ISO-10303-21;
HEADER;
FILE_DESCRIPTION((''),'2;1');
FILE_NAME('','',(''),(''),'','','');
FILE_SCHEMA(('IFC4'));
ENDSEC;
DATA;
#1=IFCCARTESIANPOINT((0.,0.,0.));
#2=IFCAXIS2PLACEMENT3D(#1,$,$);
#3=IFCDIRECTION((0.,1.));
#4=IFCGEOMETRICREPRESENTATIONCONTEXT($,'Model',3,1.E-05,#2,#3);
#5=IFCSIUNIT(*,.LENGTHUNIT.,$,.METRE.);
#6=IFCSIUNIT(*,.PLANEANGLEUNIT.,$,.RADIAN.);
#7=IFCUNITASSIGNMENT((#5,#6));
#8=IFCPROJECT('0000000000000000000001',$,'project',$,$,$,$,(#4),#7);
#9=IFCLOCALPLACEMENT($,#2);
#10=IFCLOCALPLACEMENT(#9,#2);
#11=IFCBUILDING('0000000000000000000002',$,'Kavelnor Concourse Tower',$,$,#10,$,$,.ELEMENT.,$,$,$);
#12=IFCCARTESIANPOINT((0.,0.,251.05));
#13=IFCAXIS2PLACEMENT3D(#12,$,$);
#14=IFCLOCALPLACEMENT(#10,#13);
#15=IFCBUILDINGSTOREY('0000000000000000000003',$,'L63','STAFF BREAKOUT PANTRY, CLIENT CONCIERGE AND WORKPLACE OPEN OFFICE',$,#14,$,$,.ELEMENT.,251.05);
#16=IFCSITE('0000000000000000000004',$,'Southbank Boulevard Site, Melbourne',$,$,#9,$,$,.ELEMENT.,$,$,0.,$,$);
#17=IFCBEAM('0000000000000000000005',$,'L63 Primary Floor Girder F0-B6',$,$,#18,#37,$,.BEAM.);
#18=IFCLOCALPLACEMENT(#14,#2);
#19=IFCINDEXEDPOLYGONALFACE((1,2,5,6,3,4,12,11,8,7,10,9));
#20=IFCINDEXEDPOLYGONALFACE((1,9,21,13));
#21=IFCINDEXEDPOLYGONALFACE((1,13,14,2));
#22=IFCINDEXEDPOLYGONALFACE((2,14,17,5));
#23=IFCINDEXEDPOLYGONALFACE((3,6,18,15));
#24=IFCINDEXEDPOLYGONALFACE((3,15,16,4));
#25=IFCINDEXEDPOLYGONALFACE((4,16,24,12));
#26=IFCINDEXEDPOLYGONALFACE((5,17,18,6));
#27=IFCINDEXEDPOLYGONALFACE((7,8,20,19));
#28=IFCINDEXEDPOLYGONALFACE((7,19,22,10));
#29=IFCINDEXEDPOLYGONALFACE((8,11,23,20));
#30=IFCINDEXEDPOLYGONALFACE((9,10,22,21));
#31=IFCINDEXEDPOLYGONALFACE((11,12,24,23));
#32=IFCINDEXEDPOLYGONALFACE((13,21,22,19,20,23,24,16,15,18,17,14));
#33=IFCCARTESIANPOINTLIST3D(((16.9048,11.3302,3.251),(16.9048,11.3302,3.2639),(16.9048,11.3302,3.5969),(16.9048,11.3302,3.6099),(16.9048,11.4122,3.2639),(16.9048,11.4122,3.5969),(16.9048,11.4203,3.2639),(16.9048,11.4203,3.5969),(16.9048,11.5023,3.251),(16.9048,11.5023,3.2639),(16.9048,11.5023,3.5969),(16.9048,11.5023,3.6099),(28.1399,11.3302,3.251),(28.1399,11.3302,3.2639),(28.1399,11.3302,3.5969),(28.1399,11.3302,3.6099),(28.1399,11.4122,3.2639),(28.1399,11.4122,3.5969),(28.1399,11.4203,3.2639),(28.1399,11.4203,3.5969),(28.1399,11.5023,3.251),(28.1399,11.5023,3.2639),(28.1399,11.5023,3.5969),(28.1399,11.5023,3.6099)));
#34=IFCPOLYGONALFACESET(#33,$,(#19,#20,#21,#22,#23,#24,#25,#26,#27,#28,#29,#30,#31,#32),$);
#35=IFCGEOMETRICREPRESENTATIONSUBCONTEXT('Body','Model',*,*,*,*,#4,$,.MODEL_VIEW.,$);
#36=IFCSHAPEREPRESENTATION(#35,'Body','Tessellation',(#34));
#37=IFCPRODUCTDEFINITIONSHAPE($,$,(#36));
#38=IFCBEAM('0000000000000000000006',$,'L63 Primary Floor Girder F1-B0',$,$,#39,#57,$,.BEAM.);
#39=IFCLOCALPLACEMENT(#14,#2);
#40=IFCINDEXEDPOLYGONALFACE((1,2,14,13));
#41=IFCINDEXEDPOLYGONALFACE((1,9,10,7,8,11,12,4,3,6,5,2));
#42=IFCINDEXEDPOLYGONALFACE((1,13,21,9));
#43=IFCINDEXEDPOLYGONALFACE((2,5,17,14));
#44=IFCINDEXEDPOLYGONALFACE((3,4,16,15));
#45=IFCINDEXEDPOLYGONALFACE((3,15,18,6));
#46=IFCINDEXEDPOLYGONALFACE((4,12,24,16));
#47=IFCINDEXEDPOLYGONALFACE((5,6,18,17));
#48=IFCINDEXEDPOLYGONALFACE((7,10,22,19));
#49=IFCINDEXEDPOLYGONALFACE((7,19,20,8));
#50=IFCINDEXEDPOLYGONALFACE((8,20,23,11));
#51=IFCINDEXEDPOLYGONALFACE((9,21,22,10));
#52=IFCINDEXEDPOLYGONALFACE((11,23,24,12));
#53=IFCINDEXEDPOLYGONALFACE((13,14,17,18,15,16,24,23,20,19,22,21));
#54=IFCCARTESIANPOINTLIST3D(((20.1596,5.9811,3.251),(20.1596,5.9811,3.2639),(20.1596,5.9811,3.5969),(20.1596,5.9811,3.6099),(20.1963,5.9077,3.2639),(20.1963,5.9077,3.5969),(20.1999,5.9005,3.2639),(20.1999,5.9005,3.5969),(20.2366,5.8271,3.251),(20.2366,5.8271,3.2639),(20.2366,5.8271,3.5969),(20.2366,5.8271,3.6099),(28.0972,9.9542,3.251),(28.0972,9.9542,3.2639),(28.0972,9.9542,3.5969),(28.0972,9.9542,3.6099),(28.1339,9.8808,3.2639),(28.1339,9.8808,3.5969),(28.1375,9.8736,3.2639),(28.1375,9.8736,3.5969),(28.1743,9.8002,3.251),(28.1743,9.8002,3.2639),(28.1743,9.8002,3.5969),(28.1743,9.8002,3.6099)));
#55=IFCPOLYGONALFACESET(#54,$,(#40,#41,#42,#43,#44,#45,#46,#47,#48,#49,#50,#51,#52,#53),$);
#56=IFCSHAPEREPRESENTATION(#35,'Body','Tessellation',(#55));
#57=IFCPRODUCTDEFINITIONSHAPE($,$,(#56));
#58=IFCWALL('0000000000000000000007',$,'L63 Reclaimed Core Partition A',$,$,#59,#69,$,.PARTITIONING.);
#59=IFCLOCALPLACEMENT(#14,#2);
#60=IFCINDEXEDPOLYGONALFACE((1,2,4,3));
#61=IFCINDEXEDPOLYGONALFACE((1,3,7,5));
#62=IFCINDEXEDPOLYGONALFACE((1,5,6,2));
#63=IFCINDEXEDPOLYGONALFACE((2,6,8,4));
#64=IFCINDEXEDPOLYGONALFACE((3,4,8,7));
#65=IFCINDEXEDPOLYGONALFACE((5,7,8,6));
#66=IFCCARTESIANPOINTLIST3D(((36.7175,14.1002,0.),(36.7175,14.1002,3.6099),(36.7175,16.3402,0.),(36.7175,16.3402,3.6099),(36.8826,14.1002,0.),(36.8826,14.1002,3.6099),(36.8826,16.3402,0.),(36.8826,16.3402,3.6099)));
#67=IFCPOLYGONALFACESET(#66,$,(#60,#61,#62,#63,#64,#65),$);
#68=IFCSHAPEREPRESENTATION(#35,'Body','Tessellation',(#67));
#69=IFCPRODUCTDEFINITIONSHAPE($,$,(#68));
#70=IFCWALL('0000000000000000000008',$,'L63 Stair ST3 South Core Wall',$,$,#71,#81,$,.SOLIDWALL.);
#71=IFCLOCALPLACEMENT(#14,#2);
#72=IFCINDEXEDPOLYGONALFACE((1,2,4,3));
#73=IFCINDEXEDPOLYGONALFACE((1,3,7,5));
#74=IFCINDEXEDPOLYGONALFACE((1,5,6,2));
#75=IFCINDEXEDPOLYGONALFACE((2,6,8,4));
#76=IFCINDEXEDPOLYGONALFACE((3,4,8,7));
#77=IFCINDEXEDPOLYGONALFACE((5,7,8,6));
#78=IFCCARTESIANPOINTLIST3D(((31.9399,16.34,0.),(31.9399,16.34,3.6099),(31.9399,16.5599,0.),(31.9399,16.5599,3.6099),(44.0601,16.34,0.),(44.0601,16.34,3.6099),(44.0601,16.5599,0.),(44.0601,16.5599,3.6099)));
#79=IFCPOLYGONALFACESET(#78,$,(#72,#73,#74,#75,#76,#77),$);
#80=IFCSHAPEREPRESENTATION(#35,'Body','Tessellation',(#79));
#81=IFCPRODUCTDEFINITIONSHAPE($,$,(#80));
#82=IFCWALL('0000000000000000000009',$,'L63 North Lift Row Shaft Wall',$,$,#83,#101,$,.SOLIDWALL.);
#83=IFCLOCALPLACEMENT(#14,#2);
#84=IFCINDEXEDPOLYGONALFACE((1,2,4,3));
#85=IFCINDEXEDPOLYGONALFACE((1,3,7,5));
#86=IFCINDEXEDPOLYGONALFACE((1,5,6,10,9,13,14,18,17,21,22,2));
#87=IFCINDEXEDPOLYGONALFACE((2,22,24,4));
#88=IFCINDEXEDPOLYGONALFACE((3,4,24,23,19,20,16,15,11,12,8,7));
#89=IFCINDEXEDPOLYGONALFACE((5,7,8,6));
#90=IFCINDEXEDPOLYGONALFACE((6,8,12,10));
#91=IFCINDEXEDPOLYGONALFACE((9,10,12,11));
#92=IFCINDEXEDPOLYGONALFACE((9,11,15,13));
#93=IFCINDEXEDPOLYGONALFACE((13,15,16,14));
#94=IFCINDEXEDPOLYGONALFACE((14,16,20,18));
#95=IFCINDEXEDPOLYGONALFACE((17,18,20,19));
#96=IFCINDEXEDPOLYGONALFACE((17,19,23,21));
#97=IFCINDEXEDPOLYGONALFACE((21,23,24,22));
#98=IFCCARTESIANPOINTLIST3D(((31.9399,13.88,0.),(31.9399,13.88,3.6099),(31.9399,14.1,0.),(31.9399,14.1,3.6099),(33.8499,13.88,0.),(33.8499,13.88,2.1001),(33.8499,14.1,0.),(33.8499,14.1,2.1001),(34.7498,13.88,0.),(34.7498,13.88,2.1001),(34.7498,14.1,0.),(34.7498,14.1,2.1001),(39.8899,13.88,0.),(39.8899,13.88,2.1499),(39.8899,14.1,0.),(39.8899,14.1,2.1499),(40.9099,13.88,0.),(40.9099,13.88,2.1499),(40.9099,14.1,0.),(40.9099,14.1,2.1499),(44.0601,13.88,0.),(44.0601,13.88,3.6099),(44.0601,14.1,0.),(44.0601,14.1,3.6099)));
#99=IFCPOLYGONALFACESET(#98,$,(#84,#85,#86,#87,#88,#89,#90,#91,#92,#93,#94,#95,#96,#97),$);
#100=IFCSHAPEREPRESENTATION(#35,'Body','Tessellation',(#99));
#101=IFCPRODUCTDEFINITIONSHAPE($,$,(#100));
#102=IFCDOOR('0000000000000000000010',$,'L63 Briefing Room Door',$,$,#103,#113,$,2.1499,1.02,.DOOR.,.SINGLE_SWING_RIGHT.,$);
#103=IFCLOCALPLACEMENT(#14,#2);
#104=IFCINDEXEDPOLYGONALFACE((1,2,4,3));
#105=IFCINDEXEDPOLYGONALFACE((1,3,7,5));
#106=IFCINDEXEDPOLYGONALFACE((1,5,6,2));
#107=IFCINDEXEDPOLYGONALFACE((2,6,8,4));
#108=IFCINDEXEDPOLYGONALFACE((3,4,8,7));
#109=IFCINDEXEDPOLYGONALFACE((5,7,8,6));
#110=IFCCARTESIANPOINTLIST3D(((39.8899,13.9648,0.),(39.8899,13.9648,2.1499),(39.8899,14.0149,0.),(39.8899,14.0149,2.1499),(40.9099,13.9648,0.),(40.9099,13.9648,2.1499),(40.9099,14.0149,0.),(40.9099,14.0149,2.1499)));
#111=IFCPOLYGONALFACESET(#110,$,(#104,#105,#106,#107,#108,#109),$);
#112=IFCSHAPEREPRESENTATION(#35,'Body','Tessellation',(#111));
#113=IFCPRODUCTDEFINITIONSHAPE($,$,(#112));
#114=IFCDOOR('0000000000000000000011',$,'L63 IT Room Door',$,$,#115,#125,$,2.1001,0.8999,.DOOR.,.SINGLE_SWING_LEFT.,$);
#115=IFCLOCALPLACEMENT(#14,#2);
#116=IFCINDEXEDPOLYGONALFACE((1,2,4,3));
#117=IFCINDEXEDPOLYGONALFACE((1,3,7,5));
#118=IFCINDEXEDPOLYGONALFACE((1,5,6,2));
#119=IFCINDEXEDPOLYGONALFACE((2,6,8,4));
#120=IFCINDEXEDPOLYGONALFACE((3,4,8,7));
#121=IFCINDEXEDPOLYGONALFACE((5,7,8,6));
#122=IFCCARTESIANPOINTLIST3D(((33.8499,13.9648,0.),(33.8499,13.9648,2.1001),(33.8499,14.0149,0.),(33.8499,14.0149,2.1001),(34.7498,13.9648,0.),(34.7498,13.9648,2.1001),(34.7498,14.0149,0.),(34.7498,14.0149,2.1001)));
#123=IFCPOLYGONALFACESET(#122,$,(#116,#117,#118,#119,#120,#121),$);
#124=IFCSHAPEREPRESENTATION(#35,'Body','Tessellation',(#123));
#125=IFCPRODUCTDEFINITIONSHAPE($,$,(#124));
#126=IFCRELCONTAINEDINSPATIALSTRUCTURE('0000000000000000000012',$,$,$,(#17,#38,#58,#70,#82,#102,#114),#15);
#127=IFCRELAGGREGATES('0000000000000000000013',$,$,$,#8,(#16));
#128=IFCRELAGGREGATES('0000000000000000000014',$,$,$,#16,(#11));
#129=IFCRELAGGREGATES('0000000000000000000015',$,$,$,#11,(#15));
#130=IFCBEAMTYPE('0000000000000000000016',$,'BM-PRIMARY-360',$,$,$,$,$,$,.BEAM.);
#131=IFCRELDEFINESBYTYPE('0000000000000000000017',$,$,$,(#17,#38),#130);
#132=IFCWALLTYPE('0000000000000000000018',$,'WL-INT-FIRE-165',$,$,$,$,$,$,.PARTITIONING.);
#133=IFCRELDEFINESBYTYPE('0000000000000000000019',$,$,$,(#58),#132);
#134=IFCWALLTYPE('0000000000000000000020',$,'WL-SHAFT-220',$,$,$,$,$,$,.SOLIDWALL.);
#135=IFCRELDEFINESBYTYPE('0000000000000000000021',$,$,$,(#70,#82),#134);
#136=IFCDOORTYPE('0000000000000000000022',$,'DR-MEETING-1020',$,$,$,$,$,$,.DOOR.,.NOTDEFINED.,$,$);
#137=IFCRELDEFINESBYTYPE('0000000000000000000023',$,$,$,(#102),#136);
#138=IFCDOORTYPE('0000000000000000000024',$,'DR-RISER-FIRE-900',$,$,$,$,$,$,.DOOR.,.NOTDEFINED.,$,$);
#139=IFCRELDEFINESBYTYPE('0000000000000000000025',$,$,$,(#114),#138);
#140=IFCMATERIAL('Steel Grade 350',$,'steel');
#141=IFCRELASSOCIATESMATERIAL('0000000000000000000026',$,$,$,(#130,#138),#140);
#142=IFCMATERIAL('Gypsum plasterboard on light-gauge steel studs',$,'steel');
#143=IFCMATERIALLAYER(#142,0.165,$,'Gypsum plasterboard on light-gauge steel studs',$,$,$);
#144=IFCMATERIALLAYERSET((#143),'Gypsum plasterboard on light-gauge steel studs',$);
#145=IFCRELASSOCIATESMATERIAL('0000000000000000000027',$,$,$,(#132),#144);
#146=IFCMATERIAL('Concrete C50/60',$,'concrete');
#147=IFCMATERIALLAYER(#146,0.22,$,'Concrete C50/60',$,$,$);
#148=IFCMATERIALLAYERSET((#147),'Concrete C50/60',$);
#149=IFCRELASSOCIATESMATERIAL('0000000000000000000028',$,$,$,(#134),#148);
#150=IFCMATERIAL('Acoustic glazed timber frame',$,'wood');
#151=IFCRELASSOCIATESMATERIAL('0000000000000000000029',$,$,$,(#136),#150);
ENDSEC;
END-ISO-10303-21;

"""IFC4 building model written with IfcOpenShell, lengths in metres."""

from ifc_helpers import new_model, si_unit, direction, frame, frame_2d, origin, origin_2d, place, context, subcontext, project, spatial, rectangle, i_section, extrude, material, layer, layer_set, material_profile, profile_set, type_object, element, fill, save


model = new_model("IFC4")

# Units and contexts
model_context = context("Model", 3, precision=1e-05, world=origin(), true_north=direction((0.0, 1.0)))
body_context = subcontext(model_context, "Body", "Model", "MODEL_VIEW")
ifc_project = project(units=[si_unit("LENGTHUNIT", "METRE"), si_unit("PLANEANGLEUNIT", "RADIAN")], contexts=[model_context])

# Site, building, storey
site_placement = place(None, origin())
site = spatial("IfcSite", under=ifc_project, at=site_placement, Name="Southbank Boulevard Site, Melbourne", CompositionType="ELEMENT", RefElevation=0.0)
building_placement = place(site_placement, origin())
building = spatial("IfcBuilding", under=site, at=building_placement, Name="Kavelnor Concourse Tower", CompositionType="ELEMENT")
storey_placement = place(building_placement, frame((0.0, 0.0, 251.05)))
storey = spatial("IfcBuildingStorey", under=building, at=storey_placement, Name="L63", Description="STAFF BREAKOUT PANTRY, CLIENT CONCIERGE AND WORKPLACE OPEN OFFICE", CompositionType="ELEMENT", Elevation=251.05)

# Beams
ifc_material_1 = material(Name="Steel Grade 350", Category="steel")
ifc_material_profile = material_profile(ifc_material_1, i_section(OverallWidth=0.1721, OverallDepth=0.3589, WebThickness=0.0081, FlangeThickness=0.0129, at=origin_2d()), Name="360UB56")
ifc_profile_set = profile_set([ifc_material_profile], Name="Steel Grade 350")
beam_type = type_object("IfcBeamType", Name="BM-PRIMARY-360", PredefinedType="BEAM", material=ifc_profile_set)
beam_1_placement = place(storey_placement, frame((28.1399, 11.4163, 3.4304), z_axis=(-1.0, 0.0, 0.0), x_axis=(0.0, -1.0, 0.0)))
element("IfcBeam", 1, at=beam_1_placement, inside=storey, type_object=beam_type, Name="L63 Primary Floor Girder F0-B6", PredefinedType="BEAM", context=body_context, shape_type="SweptSolid", body=[
    extrude(i_section(OverallWidth=0.1721, OverallDepth=0.3589, WebThickness=0.0081, FlangeThickness=0.0129, at=origin_2d()), origin(), (0.0, 0.0, 1.0), 11.2351),
])
beam_2_placement = place(storey_placement, frame((28.1357, 9.8772, 3.4304), z_axis=(-0.894235, -0.447599, 0.0), x_axis=(0.447599, -0.894235, 0.0)))
element("IfcBeam", 2, at=beam_2_placement, inside=storey, type_object=beam_type, Name="L63 Primary Floor Girder F1-B0", PredefinedType="BEAM", context=body_context, shape_type="SweptSolid", body=[
    extrude(i_section(OverallWidth=0.1721, OverallDepth=0.3589, WebThickness=0.0081, FlangeThickness=0.0129, at=origin_2d()), origin(), (0.0, 0.0, 1.0), 8.8765),
])

# Walls
ifc_material_2 = material(Name="Gypsum plasterboard on light-gauge steel studs", Category="steel")
ifc_layer_1 = layer(ifc_material_2, 0.165, Name="Gypsum plasterboard on light-gauge steel studs")
ifc_layer_set_1 = layer_set([ifc_layer_1], Name="Gypsum plasterboard on light-gauge steel studs")
wall_type_1 = type_object("IfcWallType", Name="WL-INT-FIRE-165", PredefinedType="PARTITIONING", material=ifc_layer_set_1)
wall_1_placement = place(storey_placement, frame((36.8, 14.1001, 0.0), z_axis=(0.0, 0.0, 1.0), x_axis=(0.0, 1.0, 0.0)))
element("IfcWall", 3, at=wall_1_placement, inside=storey, type_object=wall_type_1, Name="L63 Reclaimed Core Partition A", PredefinedType="PARTITIONING", context=body_context, shape_type="SweptSolid", body=[
    extrude(rectangle(XDim=2.24, YDim=0.165, at=frame_2d((1.1201, 0.0))), origin(), (0.0, 0.0, 1.0), 3.6099),
])
ifc_material_3 = material(Name="Concrete C50/60", Category="concrete")
ifc_layer_2 = layer(ifc_material_3, 0.22, Name="Concrete C50/60")
ifc_layer_set_2 = layer_set([ifc_layer_2], Name="Concrete C50/60")
wall_type_2 = type_object("IfcWallType", Name="WL-SHAFT-220", PredefinedType="SOLIDWALL", material=ifc_layer_set_2)
wall_2_placement = place(storey_placement, frame((31.9399, 16.45, 0.0), z_axis=(0.0, 0.0, 1.0), x_axis=(1.0, 0.0, 0.0)))
element("IfcWall", 4, at=wall_2_placement, inside=storey, type_object=wall_type_2, Name="L63 Stair ST3 South Core Wall", PredefinedType="SOLIDWALL", context=body_context, shape_type="SweptSolid", body=[
    extrude(rectangle(XDim=12.1201, YDim=0.22, at=frame_2d((6.0601, 0.0))), origin(), (0.0, 0.0, 1.0), 3.6099),
])

# Wall, openings, doors
wall_3_placement = place(storey_placement, frame((31.9399, 13.99, 0.0), z_axis=(0.0, 0.0, 1.0), x_axis=(1.0, 0.0, 0.0)))
wall_3 = element("IfcWall", 5, at=wall_3_placement, inside=storey, type_object=wall_type_2, Name="L63 North Lift Row Shaft Wall", PredefinedType="SOLIDWALL", context=body_context, shape_type="SweptSolid", body=[
    extrude(rectangle(XDim=12.1201, YDim=0.22, at=frame_2d((6.0601, 0.0))), origin(), (0.0, 0.0, 1.0), 3.6099),
])
opening_1_placement = place(wall_3_placement, frame((1.9099, 0.0, 0.0)))
opening_1 = element("IfcOpeningElement", 6, at=opening_1_placement, cuts=wall_3, PredefinedType="OPENING", context=body_context, shape_type="SweptSolid", body=[
    extrude(rectangle(XDim=0.8999, YDim=2.1001, at=frame_2d((0.45, 1.05))), frame((0.0, 0.1201, 0.0), z_axis=(0.0, -1.0, 0.0), x_axis=(1.0, 0.0, 0.0)), (0.0, 0.0, 1.0), 0.24),
])
opening_2_placement = place(wall_3_placement, frame((7.95, 0.0, 0.0)))
opening_2 = element("IfcOpeningElement", 7, at=opening_2_placement, cuts=wall_3, PredefinedType="OPENING", context=body_context, shape_type="SweptSolid", body=[
    extrude(rectangle(XDim=1.02, YDim=2.1499, at=frame_2d((0.51, 1.075))), frame((0.0, 0.1201, 0.0), z_axis=(0.0, -1.0, 0.0), x_axis=(1.0, 0.0, 0.0)), (0.0, 0.0, 1.0), 0.24),
])
ifc_material_4 = material(Name="Acoustic glazed timber frame", Category="wood")
door_type_1 = type_object("IfcDoorType", Name="DR-MEETING-1020", OperationType="NOTDEFINED", PredefinedType="DOOR", material=ifc_material_4)
door_1_placement = place(opening_2_placement, origin())
door_1 = element("IfcDoor", 8, at=door_1_placement, inside=storey, type_object=door_type_1, Name="L63 Briefing Room Door", OperationType="SINGLE_SWING_RIGHT", OverallHeight=2.1499, OverallWidth=1.02, PredefinedType="DOOR", context=body_context, shape_type="SweptSolid", body=[
    extrude(rectangle(XDim=1.02, YDim=2.1499, at=frame_2d((0.51, 1.075))), frame((0.0, 0.0249, 0.0), z_axis=(0.0, -1.0, 0.0), x_axis=(1.0, 0.0, 0.0)), (0.0, 0.0, 1.0), 0.05),
])
fill(opening_2, door_1)
door_type_2 = type_object("IfcDoorType", Name="DR-RISER-FIRE-900", OperationType="NOTDEFINED", PredefinedType="DOOR", material=ifc_material_1)
door_2_placement = place(opening_1_placement, origin())
door_2 = element("IfcDoor", 9, at=door_2_placement, inside=storey, type_object=door_type_2, Name="L63 IT Room Door", OperationType="SINGLE_SWING_LEFT", OverallHeight=2.1001, OverallWidth=0.8999, PredefinedType="DOOR", context=body_context, shape_type="SweptSolid", body=[
    extrude(rectangle(XDim=0.8999, YDim=2.1001, at=frame_2d((0.45, 1.05))), frame((0.0, 0.0249, 0.0), z_axis=(0.0, -1.0, 0.0), x_axis=(1.0, 0.0, 0.0)), (0.0, 0.0, 1.0), 0.05),
])
fill(opening_1, door_2)

save(model, "model.ifc")
